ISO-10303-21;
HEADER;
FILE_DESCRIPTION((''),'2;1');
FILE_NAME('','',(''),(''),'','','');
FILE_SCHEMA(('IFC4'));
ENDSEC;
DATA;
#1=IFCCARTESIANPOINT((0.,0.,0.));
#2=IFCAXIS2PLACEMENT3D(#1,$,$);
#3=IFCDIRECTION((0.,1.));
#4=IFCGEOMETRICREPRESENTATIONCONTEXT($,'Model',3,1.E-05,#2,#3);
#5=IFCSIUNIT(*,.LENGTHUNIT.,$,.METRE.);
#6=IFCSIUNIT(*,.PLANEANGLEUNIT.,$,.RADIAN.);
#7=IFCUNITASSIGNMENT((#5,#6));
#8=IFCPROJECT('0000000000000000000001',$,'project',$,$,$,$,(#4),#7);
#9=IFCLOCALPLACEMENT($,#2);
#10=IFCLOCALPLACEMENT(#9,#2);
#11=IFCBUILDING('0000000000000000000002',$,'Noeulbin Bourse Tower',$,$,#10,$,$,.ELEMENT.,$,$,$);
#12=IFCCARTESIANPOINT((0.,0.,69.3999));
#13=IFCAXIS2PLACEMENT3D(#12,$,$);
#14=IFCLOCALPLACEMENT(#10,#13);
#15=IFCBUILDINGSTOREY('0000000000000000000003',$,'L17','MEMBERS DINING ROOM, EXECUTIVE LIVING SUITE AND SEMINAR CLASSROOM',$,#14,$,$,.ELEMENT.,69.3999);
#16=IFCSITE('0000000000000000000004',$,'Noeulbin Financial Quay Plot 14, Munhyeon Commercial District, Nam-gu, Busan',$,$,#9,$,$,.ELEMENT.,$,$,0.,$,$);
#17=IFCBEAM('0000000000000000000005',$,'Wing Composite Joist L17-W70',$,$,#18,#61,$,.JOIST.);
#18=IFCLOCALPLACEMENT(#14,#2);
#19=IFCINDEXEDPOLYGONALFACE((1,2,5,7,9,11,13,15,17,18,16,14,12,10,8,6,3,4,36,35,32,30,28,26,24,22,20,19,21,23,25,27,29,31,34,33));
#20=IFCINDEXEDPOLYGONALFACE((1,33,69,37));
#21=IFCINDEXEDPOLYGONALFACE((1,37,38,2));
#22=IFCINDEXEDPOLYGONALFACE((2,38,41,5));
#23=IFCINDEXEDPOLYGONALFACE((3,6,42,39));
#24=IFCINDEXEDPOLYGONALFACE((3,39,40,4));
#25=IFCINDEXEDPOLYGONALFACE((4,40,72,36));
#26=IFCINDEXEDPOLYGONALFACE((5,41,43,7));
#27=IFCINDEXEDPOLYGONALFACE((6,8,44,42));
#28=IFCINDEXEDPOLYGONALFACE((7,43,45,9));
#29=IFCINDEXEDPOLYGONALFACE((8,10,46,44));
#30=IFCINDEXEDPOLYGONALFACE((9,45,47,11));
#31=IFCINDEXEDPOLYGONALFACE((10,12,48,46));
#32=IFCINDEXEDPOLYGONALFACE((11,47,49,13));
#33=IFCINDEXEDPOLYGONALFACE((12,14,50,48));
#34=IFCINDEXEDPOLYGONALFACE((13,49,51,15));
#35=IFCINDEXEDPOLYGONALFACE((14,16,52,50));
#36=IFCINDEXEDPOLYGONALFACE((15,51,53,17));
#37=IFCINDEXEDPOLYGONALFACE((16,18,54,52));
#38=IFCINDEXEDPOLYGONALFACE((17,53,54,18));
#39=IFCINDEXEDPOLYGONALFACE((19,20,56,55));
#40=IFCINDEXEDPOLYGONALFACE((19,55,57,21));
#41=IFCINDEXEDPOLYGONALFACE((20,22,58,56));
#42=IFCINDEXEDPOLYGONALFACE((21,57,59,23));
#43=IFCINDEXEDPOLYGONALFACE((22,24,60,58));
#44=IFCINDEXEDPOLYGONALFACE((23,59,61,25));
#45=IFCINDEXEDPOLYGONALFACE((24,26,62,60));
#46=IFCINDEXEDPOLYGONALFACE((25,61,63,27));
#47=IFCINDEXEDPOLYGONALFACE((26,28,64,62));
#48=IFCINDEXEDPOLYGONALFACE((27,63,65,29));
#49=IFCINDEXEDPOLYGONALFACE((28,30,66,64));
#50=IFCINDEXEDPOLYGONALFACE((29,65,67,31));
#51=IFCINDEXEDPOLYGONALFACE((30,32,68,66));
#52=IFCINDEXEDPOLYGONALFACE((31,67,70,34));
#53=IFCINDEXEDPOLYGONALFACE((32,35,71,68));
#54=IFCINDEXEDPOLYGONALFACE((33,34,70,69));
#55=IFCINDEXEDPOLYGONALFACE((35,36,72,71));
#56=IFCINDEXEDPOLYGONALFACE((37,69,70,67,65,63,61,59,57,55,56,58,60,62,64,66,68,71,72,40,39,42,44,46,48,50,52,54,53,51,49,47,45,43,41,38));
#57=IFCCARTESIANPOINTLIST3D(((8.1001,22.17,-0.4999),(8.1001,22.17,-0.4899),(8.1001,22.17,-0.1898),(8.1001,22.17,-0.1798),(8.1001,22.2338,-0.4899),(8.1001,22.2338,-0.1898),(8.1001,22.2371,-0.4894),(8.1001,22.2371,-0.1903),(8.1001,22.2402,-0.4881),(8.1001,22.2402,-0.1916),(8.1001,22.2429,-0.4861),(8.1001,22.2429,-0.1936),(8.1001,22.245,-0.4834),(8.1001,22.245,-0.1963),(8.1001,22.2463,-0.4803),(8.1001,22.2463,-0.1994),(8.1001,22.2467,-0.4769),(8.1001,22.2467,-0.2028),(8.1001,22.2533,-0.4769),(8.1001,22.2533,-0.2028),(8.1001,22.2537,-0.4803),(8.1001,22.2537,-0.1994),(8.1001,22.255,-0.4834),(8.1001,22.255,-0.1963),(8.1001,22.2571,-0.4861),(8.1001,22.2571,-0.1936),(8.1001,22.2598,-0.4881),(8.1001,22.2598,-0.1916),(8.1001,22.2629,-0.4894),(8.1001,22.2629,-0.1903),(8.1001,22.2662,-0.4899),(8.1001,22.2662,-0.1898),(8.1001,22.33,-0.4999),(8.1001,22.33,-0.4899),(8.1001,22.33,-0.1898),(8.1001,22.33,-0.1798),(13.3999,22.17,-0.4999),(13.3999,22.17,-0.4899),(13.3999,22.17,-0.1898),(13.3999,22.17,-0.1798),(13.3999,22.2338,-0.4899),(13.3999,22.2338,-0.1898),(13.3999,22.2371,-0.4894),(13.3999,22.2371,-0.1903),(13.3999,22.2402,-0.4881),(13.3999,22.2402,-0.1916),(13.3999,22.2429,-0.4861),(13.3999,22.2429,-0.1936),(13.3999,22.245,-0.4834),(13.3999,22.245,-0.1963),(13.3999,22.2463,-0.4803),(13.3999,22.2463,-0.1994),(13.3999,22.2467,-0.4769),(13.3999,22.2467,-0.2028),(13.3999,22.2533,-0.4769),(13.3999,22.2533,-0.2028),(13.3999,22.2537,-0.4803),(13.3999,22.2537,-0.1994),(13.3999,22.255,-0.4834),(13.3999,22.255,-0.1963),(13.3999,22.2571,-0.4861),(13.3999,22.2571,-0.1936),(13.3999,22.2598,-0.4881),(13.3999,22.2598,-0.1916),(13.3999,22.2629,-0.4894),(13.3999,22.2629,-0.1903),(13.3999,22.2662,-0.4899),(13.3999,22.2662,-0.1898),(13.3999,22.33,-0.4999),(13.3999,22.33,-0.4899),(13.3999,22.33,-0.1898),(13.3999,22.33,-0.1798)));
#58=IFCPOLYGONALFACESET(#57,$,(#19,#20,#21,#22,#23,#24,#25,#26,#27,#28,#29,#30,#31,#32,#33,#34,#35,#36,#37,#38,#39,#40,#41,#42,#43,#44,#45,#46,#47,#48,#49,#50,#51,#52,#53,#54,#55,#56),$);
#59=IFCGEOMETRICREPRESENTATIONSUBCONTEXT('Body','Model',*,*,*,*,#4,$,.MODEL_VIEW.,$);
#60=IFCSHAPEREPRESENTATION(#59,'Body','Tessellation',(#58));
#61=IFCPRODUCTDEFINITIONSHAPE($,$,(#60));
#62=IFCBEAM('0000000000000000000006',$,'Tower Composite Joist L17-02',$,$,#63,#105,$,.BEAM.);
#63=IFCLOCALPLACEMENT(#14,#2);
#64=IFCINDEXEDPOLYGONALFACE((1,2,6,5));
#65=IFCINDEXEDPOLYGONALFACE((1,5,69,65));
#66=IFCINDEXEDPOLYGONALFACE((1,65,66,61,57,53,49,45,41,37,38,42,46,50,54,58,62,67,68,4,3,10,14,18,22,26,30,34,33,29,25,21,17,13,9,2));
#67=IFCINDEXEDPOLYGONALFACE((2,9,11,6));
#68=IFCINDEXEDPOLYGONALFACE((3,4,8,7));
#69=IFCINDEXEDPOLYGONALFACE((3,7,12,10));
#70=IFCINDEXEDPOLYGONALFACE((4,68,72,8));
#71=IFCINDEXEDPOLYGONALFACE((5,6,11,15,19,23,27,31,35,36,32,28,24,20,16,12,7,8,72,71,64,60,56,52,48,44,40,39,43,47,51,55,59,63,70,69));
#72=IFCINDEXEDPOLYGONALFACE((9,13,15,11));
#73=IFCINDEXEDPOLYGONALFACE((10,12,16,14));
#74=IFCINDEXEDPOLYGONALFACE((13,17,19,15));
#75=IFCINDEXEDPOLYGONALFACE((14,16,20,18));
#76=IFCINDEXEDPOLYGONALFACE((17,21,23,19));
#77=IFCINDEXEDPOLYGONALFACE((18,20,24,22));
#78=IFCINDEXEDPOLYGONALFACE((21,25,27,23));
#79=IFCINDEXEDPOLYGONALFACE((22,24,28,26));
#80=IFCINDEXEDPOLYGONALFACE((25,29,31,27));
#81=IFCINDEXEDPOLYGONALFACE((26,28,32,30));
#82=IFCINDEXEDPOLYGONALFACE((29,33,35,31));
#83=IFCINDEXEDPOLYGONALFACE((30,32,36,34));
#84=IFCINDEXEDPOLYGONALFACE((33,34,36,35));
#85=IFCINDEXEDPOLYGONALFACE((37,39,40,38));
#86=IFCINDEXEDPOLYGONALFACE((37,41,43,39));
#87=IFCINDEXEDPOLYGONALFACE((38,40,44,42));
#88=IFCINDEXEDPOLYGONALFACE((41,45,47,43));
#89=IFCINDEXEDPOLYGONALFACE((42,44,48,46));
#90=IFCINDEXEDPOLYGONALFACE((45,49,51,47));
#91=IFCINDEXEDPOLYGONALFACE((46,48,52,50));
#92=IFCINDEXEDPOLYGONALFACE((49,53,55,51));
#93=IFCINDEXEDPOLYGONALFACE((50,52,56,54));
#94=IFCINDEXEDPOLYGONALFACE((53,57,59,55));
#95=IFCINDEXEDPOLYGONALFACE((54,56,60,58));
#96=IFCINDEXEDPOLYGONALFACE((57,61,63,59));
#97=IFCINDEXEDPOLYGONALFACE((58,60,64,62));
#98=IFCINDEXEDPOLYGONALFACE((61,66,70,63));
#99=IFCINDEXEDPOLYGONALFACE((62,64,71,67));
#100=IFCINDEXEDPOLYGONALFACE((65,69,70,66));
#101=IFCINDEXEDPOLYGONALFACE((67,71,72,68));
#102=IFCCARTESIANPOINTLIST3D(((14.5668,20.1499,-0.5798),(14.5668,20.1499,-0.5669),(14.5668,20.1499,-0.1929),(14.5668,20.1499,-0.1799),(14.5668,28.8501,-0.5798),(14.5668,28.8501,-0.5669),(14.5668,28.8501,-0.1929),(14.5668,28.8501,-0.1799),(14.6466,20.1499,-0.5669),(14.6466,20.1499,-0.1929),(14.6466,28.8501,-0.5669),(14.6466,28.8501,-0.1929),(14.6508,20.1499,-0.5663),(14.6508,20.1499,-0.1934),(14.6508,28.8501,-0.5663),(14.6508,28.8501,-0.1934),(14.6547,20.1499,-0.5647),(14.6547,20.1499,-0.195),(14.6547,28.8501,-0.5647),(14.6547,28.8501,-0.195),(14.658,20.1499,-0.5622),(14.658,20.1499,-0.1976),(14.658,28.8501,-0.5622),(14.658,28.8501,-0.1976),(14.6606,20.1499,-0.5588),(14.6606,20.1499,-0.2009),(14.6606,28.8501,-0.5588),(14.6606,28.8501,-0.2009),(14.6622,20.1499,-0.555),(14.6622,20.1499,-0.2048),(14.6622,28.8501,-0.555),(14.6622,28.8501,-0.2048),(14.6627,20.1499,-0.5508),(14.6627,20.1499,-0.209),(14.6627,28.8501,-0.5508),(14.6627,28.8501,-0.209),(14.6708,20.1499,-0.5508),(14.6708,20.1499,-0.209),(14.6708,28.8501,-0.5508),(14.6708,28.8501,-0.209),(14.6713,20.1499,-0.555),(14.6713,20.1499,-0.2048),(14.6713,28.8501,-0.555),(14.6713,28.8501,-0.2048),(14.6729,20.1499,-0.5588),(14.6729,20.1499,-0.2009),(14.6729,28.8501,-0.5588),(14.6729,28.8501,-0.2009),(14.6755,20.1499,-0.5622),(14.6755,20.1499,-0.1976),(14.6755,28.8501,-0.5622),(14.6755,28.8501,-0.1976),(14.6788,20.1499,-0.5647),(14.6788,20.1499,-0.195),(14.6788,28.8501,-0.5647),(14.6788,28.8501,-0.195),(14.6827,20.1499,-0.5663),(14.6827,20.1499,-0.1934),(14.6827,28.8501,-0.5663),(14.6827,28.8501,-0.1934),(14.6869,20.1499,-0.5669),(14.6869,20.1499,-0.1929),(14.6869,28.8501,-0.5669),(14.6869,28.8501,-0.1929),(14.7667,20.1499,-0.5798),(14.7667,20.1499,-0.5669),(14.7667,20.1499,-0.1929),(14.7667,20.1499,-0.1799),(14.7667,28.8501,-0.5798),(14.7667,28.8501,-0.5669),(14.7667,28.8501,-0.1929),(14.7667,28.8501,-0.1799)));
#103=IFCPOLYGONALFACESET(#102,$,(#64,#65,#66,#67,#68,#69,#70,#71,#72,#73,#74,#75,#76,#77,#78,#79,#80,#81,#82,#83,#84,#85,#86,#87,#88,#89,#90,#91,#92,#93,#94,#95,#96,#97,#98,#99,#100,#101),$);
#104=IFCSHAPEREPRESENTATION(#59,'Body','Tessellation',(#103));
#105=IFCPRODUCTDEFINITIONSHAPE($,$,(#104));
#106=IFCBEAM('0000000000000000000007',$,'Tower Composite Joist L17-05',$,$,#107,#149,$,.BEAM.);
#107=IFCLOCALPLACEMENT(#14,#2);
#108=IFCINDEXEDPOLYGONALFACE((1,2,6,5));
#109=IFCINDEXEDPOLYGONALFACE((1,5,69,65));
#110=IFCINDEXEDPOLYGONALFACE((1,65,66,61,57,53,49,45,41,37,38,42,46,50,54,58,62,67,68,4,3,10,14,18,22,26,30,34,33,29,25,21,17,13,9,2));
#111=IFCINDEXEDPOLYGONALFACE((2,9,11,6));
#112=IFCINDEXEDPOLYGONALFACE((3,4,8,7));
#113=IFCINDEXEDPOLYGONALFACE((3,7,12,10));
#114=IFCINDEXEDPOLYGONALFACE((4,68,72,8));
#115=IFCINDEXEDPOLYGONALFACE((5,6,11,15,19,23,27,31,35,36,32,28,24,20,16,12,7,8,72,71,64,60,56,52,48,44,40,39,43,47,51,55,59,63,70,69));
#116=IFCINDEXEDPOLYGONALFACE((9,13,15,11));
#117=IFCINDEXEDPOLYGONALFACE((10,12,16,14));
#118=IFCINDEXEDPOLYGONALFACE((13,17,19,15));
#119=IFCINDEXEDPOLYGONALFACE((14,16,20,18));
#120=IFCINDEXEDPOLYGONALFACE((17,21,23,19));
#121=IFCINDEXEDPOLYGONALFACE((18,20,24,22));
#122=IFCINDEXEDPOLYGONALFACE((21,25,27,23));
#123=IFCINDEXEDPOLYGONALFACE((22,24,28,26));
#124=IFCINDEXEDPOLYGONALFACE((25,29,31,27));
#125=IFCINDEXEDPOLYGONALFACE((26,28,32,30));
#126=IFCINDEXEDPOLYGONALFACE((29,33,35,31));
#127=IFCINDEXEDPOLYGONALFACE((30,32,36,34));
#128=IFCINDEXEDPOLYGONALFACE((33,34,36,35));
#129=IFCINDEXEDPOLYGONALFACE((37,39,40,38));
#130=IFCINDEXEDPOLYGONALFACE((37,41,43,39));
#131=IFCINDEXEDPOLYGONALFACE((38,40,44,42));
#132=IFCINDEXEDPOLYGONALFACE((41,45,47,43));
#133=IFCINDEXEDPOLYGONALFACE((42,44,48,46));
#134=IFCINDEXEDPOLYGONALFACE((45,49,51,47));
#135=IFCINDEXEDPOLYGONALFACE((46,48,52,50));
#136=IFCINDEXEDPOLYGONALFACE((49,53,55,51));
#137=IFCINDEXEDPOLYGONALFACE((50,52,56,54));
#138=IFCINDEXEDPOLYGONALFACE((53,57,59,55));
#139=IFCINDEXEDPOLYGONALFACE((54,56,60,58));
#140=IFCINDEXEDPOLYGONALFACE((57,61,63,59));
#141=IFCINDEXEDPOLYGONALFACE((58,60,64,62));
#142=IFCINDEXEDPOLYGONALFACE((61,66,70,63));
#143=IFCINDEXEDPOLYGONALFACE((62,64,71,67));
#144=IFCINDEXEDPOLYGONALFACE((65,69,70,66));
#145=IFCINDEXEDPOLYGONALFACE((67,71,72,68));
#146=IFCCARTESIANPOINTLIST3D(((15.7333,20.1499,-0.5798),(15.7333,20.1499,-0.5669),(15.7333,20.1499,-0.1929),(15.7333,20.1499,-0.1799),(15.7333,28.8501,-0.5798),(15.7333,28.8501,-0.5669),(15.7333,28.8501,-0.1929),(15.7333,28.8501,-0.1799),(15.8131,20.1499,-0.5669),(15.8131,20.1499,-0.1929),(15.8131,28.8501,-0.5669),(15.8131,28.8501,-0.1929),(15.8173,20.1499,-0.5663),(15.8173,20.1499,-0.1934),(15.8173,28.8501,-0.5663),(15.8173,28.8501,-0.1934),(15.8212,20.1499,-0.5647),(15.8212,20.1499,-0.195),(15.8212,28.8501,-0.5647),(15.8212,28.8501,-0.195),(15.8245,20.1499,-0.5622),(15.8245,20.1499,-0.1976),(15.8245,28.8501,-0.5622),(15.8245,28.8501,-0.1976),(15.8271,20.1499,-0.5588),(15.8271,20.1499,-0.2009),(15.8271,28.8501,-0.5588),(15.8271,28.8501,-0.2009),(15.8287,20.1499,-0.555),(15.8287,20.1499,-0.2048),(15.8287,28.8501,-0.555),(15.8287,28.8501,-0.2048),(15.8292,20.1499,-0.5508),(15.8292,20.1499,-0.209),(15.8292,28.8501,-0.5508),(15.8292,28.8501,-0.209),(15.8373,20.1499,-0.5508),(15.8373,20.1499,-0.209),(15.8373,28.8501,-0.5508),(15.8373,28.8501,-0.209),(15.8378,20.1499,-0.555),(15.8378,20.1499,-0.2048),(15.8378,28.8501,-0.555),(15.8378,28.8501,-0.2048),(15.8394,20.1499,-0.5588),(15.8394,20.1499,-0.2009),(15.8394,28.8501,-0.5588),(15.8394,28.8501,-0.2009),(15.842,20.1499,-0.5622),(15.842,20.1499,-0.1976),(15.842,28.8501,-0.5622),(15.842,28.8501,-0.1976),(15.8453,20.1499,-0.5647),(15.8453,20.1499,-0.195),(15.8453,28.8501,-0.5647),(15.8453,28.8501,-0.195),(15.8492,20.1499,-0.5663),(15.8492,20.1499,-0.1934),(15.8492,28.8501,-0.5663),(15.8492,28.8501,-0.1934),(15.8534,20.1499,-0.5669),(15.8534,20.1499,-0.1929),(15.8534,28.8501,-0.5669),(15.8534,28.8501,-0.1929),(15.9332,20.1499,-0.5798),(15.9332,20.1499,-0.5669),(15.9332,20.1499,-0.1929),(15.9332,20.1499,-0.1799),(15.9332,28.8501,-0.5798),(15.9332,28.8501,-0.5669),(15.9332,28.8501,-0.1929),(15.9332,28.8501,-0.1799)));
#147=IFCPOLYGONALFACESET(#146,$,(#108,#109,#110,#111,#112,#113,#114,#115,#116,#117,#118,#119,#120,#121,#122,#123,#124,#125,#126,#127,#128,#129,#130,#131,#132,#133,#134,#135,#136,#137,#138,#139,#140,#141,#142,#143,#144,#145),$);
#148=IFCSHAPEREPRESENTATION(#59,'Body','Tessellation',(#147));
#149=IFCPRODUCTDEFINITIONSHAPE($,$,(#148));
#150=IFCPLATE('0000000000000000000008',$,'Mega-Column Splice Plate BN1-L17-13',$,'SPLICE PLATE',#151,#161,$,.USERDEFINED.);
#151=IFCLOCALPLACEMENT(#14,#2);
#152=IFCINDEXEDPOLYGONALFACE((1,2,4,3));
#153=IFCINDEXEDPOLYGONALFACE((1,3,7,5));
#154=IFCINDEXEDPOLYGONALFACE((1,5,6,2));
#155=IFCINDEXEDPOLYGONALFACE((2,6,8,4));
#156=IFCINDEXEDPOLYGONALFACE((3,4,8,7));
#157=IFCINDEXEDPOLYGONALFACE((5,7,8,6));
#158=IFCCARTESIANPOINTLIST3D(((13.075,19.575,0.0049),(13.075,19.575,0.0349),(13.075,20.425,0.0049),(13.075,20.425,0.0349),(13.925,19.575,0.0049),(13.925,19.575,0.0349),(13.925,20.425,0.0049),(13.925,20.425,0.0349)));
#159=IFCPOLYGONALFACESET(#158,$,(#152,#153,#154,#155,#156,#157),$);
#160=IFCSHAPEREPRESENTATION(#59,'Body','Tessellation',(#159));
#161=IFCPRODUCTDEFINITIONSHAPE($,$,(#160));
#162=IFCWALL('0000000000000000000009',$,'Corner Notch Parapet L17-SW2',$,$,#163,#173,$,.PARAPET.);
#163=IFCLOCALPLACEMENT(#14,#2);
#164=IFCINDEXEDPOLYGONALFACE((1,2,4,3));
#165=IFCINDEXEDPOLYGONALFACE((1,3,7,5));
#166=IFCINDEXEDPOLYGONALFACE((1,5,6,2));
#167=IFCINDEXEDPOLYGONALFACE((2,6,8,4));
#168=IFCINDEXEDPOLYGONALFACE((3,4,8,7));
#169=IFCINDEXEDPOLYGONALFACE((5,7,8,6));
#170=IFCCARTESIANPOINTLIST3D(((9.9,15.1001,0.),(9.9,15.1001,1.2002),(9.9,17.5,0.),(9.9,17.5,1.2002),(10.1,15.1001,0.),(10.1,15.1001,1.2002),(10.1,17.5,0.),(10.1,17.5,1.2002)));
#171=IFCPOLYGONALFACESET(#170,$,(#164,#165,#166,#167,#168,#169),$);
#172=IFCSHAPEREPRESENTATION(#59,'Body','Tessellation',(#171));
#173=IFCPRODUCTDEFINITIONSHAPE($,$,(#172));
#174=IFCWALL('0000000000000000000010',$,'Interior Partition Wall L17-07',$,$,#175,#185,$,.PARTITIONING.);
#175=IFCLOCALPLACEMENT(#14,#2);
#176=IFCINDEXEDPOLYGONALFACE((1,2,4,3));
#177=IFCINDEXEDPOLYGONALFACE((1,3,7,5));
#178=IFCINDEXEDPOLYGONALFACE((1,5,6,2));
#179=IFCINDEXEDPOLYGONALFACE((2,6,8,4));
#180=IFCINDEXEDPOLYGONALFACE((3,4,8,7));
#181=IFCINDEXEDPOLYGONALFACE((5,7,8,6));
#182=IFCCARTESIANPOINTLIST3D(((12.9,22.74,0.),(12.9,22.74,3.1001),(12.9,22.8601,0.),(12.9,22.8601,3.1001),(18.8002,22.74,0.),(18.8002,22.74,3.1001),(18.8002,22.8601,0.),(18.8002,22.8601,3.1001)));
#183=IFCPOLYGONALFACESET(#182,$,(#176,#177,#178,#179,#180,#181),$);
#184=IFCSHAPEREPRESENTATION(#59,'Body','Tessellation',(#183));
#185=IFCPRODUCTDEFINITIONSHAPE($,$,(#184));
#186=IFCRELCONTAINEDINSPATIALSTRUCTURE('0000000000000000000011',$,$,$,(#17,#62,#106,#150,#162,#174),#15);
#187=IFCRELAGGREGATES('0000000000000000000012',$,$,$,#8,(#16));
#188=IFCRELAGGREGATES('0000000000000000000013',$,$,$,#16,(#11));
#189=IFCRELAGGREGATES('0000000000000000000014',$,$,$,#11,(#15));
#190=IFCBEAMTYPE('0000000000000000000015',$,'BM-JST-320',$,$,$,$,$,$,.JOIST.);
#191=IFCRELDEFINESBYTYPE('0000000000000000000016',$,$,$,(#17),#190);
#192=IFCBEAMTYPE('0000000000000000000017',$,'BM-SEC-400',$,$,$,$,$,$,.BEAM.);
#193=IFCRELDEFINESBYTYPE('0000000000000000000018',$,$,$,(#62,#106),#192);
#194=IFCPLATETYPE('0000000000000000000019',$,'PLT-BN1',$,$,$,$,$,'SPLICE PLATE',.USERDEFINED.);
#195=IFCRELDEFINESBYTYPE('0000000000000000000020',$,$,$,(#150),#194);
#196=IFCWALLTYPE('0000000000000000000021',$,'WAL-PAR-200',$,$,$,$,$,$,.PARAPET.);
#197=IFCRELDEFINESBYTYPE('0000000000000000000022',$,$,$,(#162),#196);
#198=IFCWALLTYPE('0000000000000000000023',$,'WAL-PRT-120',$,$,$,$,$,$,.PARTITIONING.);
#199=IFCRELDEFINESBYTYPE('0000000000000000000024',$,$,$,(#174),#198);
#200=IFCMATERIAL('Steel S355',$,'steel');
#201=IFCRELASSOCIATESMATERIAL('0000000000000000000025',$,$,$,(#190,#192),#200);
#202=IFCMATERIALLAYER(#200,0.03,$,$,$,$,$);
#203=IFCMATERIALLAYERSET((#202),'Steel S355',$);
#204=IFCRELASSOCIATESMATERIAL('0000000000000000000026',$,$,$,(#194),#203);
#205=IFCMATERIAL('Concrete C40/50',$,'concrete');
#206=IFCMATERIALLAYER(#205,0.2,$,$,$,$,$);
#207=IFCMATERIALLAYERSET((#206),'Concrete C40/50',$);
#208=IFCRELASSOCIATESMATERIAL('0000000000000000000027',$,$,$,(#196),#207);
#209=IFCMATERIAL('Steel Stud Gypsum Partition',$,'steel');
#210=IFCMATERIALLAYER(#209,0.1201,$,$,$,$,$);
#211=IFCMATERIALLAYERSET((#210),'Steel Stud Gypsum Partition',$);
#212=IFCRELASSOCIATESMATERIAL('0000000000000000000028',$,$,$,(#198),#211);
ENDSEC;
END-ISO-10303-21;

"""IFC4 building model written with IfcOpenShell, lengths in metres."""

from ifc_helpers import new_model, si_unit, direction, frame, frame_2d, origin, origin_2d, place, context, subcontext, project, spatial, rectangle, i_section, extrude, material, layer, layer_set, material_profile, profile_set, type_object, element, save


model = new_model("IFC4")

# Units and contexts
model_context = context("Model", 3, precision=1e-05, world=origin(), true_north=direction((0.0, 1.0)))
body_context = subcontext(model_context, "Body", "Model", "MODEL_VIEW")
ifc_project = project(units=[si_unit("LENGTHUNIT", "METRE"), si_unit("PLANEANGLEUNIT", "RADIAN")], contexts=[model_context])

# Site, building, storey
site_placement = place(None, origin())
site = spatial("IfcSite", under=ifc_project, at=site_placement, Name="Noeulbin Financial Quay Plot 14, Munhyeon Commercial District, Nam-gu, Busan", CompositionType="ELEMENT", RefElevation=0.0)
building_placement = place(site_placement, origin())
building = spatial("IfcBuilding", under=site, at=building_placement, Name="Noeulbin Bourse Tower", CompositionType="ELEMENT")
storey_placement = place(building_placement, frame((0.0, 0.0, 69.3999)))
storey = spatial("IfcBuildingStorey", under=building, at=storey_placement, Name="L17", Description="MEMBERS DINING ROOM, EXECUTIVE LIVING SUITE AND SEMINAR CLASSROOM", CompositionType="ELEMENT", Elevation=69.3999)

# Beams
ifc_material_1 = material(Name="Steel S355", Category="steel")
ifc_material_profile_1 = material_profile(ifc_material_1, i_section(OverallWidth=0.1599, OverallDepth=0.3201, WebThickness=0.0066, FlangeThickness=0.01, FilletRadius=0.0129, at=origin_2d()), Name="H-320x160x6.5x10", Category="LoadBearing")
ifc_profile_set_1 = profile_set([ifc_material_profile_1], Name="Steel S355")
beam_type_1 = type_object("IfcBeamType", Name="BM-JST-320", PredefinedType="JOIST", material=ifc_profile_set_1)
beam_1_placement = place(storey_placement, frame((8.1001, 22.25, -0.3398), z_axis=(1.0, 0.0, 0.0), x_axis=(0.0, 1.0, 0.0)))
element("IfcBeam", 1, at=beam_1_placement, inside=storey, type_object=beam_type_1, Name="Wing Composite Joist L17-W70", PredefinedType="JOIST", context=body_context, shape_type="SweptSolid", body=[
    extrude(i_section(OverallWidth=0.1599, OverallDepth=0.3201, WebThickness=0.0066, FlangeThickness=0.01, FilletRadius=0.0129, at=origin_2d()), origin(), (0.0, 0.0, 1.0), 5.2998),
])
ifc_material_profile_2 = material_profile(ifc_material_1, i_section(OverallWidth=0.2, OverallDepth=0.3999, WebThickness=0.0081, FlangeThickness=0.0129, FilletRadius=0.0161, at=origin_2d()), Name="H-400x200x8x13", Category="LoadBearing")
ifc_profile_set_2 = profile_set([ifc_material_profile_2], Name="Steel S355")
beam_type_2 = type_object("IfcBeamType", Name="BM-SEC-400", PredefinedType="BEAM", material=ifc_profile_set_2)
for number, where, z_axis, x_axis, name in (
    (2, (14.6667, 20.1499, -0.3799), (0.0, 1.0, 0.0), (-1.0, 0.0, 0.0), "Tower Composite Joist L17-02"),
    (3, (15.8333, 20.1499, -0.3799), (0.0, 1.0, 0.0), (-1.0, 0.0, 0.0), "Tower Composite Joist L17-05"),
):
    element("IfcBeam", number, at=place(storey_placement, frame(where, z_axis=z_axis, x_axis=x_axis)), inside=storey, type_object=beam_type_2, Name=name, PredefinedType="BEAM", context=body_context, shape_type="SweptSolid", body=[
        extrude(i_section(OverallWidth=0.2, OverallDepth=0.3999, WebThickness=0.0081, FlangeThickness=0.0129, FilletRadius=0.0161, at=origin_2d()), origin(), (0.0, 0.0, 1.0), 8.7002),
    ])

# Plate
ifc_layer_1 = layer(ifc_material_1, 0.03)
ifc_layer_set_1 = layer_set([ifc_layer_1], Name="Steel S355")
plate_type = type_object("IfcPlateType", Name="PLT-BN1", ElementType="SPLICE PLATE", PredefinedType="USERDEFINED", material=ifc_layer_set_1)
plate_placement = place(storey_placement, frame((13.5, 20.0, 0.0049), z_axis=(0.0, 0.0, 1.0), x_axis=(1.0, 0.0, 0.0)))
element("IfcPlate", 4, at=plate_placement, inside=storey, type_object=plate_type, Name="Mega-Column Splice Plate BN1-L17-13", ObjectType="SPLICE PLATE", PredefinedType="USERDEFINED", context=body_context, shape_type="SweptSolid", body=[
    extrude(rectangle(XDim=0.8501, YDim=0.8501, at=origin_2d()), origin(), (0.0, 0.0, 1.0), 0.03),
])

# Walls
ifc_material_2 = material(Name="Concrete C40/50", Category="concrete")
ifc_layer_2 = layer(ifc_material_2, 0.2)
ifc_layer_set_2 = layer_set([ifc_layer_2], Name="Concrete C40/50")
wall_type_1 = type_object("IfcWallType", Name="WAL-PAR-200", PredefinedType="PARAPET", material=ifc_layer_set_2)
wall_1_placement = place(storey_placement, frame((10.0, 17.5, 0.0), z_axis=(0.0, 0.0, 1.0), x_axis=(0.0, -1.0, 0.0)))
element("IfcWall", 5, at=wall_1_placement, inside=storey, type_object=wall_type_1, Name="Corner Notch Parapet L17-SW2", PredefinedType="PARAPET", context=body_context, shape_type="SweptSolid", body=[
    extrude(rectangle(XDim=2.3999, YDim=0.2, at=frame_2d((1.2, 0.0))), origin(), (0.0, 0.0, 1.0), 1.2002),
])
ifc_material_3 = material(Name="Steel Stud Gypsum Partition", Category="steel")
ifc_layer_3 = layer(ifc_material_3, 0.1201)
ifc_layer_set_3 = layer_set([ifc_layer_3], Name="Steel Stud Gypsum Partition")
wall_type_2 = type_object("IfcWallType", Name="WAL-PRT-120", PredefinedType="PARTITIONING", material=ifc_layer_set_3)
wall_2_placement = place(storey_placement, frame((12.8999, 22.8, 0.0), z_axis=(0.0, 0.0, 1.0), x_axis=(1.0, 0.0, 0.0)))
element("IfcWall", 6, at=wall_2_placement, inside=storey, type_object=wall_type_2, Name="Interior Partition Wall L17-07", PredefinedType="PARTITIONING", context=body_context, shape_type="SweptSolid", body=[
    extrude(rectangle(XDim=5.9001, YDim=0.1201, at=frame_2d((2.9502, 0.0))), origin(), (0.0, 0.0, 1.0), 3.1001),
])

save(model, "model.ifc")
